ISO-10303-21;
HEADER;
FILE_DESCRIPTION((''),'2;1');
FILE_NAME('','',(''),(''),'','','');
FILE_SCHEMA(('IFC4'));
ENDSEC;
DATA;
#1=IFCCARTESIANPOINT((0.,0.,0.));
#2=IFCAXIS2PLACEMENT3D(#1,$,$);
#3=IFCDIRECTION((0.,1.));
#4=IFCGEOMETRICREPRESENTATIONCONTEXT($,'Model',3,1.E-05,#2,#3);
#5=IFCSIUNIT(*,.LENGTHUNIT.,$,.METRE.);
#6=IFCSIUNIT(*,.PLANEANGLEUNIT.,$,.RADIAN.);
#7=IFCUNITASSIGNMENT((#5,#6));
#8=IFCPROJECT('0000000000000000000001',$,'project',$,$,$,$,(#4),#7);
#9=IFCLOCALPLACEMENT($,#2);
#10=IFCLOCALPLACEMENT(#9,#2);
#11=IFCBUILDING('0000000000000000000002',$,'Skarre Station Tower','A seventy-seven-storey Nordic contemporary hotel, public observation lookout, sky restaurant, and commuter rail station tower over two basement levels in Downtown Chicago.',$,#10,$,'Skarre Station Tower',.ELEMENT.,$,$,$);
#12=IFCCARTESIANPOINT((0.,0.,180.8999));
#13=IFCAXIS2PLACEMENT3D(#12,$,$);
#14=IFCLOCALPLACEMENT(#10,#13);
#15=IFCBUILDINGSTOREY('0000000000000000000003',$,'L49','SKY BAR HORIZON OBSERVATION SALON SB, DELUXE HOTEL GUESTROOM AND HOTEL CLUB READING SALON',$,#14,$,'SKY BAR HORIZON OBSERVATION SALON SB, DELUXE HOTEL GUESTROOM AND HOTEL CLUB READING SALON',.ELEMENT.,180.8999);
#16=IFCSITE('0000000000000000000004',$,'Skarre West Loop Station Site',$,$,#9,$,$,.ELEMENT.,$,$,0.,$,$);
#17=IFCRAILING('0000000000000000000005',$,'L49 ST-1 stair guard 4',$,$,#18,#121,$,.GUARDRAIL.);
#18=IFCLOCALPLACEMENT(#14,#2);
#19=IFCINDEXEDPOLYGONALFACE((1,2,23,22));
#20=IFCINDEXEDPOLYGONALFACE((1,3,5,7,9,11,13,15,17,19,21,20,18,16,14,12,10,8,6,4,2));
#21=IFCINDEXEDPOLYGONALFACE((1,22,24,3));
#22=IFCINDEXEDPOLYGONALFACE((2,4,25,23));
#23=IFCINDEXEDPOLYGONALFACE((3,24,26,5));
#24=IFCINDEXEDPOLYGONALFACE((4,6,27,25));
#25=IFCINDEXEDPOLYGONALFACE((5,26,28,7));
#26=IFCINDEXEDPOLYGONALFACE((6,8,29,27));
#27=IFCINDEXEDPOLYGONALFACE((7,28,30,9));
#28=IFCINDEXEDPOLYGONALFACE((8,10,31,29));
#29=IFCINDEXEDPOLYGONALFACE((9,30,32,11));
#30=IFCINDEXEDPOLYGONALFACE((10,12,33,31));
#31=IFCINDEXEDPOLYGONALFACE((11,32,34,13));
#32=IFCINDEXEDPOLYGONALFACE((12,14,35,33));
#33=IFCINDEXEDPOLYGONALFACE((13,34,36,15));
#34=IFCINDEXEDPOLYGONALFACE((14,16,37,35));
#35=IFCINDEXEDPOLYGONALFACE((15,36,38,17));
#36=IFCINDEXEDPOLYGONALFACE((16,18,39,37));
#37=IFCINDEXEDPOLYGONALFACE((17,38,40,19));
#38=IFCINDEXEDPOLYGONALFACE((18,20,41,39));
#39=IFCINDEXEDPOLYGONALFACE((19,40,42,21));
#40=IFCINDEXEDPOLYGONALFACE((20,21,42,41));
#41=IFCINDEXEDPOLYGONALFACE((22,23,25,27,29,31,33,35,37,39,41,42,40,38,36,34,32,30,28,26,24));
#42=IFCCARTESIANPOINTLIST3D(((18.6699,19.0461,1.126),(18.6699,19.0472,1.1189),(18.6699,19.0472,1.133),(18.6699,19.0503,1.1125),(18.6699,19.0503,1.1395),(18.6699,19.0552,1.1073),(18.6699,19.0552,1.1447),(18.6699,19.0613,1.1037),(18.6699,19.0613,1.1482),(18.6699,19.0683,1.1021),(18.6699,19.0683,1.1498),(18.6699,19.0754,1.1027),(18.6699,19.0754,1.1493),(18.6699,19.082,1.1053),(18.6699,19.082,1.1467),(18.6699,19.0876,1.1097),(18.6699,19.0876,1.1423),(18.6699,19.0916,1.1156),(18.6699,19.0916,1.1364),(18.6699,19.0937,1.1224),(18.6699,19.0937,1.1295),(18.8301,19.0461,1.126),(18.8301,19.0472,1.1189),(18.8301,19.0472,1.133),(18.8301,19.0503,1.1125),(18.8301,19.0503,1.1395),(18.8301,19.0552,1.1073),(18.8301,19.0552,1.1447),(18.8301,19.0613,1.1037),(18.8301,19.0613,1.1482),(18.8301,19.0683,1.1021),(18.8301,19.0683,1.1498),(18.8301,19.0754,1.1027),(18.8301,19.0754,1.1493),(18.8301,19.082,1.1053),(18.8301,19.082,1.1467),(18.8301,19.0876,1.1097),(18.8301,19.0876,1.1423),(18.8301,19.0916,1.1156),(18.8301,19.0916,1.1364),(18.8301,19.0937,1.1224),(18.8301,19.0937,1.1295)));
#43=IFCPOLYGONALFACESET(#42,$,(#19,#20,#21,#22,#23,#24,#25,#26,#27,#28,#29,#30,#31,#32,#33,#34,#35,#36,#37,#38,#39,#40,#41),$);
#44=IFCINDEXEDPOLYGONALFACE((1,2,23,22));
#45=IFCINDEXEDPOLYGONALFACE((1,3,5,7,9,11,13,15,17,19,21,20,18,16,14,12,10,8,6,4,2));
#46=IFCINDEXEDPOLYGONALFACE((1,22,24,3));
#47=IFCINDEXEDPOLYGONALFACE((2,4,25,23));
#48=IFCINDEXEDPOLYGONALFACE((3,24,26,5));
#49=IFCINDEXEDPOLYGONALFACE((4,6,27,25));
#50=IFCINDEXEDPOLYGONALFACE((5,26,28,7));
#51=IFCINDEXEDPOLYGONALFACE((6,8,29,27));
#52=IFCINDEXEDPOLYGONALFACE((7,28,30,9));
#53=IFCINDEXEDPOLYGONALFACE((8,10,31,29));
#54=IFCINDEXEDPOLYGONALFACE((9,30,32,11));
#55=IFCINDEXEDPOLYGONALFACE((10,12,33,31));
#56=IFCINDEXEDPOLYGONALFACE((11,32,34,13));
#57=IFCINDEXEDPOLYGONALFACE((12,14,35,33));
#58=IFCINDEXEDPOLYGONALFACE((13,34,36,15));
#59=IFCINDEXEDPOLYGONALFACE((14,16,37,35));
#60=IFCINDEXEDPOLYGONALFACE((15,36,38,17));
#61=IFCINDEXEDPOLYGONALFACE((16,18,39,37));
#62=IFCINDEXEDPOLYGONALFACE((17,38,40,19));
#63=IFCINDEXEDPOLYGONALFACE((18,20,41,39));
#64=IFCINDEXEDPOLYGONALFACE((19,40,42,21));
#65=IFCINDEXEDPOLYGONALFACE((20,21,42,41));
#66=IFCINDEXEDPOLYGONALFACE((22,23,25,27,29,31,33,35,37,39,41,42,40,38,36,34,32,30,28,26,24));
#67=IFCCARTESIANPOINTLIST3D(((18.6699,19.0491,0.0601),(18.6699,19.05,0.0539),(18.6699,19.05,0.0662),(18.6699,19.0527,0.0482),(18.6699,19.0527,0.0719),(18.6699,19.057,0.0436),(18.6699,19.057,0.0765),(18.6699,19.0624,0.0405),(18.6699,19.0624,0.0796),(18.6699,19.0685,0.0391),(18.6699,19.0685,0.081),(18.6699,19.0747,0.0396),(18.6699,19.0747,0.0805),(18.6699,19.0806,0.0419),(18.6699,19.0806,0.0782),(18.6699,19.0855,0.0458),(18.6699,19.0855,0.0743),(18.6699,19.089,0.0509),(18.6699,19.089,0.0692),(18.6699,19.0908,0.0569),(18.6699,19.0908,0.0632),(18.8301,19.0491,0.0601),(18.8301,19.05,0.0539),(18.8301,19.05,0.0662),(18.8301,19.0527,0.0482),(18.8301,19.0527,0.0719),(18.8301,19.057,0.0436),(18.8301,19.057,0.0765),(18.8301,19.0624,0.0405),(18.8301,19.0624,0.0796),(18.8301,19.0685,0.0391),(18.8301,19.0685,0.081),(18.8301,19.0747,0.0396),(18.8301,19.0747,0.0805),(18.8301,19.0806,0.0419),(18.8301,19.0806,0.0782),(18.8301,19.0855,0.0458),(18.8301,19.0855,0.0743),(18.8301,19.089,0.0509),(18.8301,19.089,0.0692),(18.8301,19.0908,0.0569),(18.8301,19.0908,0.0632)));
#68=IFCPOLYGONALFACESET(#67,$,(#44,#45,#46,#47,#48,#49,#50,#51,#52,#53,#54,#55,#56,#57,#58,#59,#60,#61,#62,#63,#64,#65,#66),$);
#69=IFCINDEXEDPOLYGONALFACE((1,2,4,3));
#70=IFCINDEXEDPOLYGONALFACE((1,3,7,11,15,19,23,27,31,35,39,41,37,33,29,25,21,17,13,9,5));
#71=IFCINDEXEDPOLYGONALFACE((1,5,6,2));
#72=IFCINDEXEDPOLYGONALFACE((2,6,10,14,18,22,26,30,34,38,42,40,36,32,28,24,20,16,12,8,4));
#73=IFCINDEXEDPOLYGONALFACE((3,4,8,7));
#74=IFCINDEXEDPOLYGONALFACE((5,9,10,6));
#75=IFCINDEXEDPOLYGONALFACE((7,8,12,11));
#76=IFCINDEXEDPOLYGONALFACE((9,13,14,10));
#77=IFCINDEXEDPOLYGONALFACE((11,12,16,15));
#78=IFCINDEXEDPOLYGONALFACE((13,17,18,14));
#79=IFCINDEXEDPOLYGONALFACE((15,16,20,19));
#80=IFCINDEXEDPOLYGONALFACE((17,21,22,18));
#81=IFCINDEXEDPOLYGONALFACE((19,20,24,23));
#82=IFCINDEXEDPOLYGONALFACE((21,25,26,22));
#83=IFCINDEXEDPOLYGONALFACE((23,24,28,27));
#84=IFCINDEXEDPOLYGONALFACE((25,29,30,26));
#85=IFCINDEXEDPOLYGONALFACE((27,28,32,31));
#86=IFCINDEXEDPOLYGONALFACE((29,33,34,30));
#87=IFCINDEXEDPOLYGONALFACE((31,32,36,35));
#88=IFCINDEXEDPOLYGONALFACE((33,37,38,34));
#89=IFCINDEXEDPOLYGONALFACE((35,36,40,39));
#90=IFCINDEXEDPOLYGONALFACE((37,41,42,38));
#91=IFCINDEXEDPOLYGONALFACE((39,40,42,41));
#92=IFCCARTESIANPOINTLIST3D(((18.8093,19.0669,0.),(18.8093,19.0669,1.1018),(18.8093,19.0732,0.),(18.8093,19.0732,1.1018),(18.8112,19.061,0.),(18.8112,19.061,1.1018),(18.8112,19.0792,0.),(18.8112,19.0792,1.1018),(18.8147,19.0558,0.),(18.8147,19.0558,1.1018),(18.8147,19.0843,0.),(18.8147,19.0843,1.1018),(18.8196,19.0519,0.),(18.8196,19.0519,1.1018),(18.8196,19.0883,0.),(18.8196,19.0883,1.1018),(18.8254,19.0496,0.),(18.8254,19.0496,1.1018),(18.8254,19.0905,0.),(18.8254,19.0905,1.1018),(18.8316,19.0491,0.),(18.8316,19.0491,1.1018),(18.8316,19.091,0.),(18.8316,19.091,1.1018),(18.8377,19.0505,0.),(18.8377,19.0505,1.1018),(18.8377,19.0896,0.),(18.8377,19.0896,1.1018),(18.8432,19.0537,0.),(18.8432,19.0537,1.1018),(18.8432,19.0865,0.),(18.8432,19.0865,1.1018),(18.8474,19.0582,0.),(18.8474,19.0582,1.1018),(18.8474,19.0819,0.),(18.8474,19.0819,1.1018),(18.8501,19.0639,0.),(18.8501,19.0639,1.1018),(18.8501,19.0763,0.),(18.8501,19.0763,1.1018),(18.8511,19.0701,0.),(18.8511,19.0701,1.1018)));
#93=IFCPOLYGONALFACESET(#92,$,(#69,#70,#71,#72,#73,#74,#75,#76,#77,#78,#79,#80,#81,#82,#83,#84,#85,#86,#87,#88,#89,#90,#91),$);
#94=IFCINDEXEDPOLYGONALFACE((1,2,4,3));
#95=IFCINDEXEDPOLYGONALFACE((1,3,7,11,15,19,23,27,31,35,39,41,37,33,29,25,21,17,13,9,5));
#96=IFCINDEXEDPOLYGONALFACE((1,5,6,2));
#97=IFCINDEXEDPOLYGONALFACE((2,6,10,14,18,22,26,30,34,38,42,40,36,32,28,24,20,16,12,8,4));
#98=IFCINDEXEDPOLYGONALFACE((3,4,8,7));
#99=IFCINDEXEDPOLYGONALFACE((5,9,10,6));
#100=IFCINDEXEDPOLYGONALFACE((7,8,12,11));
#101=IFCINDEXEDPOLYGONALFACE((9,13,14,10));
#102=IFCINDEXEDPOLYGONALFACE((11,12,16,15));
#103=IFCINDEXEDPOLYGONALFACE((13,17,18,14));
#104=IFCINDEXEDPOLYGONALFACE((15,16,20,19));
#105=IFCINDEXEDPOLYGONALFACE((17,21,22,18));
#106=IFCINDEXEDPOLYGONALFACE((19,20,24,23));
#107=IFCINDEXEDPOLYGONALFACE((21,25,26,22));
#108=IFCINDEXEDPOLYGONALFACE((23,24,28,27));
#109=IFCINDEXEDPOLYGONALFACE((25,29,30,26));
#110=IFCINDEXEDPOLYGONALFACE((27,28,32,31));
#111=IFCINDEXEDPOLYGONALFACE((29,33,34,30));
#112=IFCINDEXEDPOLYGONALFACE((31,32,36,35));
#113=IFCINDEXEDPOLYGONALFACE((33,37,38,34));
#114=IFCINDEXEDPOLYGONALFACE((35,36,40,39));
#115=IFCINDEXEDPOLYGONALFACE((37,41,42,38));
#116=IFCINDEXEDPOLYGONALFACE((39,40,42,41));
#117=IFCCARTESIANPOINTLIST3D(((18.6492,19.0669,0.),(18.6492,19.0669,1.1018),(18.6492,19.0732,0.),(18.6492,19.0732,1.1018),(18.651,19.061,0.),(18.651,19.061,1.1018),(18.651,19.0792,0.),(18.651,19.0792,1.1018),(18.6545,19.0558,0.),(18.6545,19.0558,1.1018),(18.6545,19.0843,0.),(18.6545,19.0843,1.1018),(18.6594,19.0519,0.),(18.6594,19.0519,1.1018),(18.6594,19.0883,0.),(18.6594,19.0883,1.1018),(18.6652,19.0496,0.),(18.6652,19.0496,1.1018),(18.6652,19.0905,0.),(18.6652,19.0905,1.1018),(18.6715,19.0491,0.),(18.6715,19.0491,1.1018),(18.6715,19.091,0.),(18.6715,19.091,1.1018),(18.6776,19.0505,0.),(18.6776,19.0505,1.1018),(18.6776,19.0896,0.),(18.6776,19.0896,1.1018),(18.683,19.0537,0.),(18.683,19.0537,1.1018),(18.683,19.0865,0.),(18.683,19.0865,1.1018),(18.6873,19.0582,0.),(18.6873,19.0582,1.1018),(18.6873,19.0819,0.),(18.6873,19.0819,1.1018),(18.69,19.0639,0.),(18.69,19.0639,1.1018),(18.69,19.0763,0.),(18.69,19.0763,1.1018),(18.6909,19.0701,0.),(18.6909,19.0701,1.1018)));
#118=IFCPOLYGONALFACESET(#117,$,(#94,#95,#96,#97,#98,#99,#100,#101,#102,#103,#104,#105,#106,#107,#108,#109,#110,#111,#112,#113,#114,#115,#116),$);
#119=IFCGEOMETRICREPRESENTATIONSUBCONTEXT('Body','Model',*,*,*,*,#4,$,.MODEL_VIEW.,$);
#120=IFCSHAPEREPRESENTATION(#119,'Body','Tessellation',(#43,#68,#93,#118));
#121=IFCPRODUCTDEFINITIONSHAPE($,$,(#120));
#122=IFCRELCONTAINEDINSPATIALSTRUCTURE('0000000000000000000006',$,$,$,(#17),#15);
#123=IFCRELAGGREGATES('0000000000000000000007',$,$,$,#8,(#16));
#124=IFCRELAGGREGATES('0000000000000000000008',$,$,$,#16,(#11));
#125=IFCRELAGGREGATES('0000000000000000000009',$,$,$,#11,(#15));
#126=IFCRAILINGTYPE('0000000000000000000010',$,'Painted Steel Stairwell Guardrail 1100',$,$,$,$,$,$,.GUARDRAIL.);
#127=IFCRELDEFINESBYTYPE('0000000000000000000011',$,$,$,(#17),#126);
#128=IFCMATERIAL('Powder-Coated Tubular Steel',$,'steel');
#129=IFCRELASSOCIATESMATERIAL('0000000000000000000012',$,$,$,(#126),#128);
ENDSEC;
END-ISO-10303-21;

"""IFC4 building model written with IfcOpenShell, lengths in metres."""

from ifc_helpers import new_model, si_unit, direction, frame, origin, origin_2d, place, context, subcontext, project, spatial, circle, extrude, material, type_object, element, save


model = new_model("IFC4")

# Units and contexts
model_context = context("Model", 3, precision=1e-05, world=origin(), true_north=direction((0.0, 1.0)))
body_context = subcontext(model_context, "Body", "Model", "MODEL_VIEW")
ifc_project = project(units=[si_unit("LENGTHUNIT", "METRE"), si_unit("PLANEANGLEUNIT", "RADIAN")], contexts=[model_context])

# Site, building, storey
site_placement = place(None, origin())
site = spatial("IfcSite", under=ifc_project, at=site_placement, Name="Skarre West Loop Station Site", CompositionType="ELEMENT", RefElevation=0.0)
building_placement = place(site_placement, origin())
building = spatial("IfcBuilding", under=site, at=building_placement, Name="Skarre Station Tower", Description="A seventy-seven-storey Nordic contemporary hotel, public observation lookout, sky restaurant, and commuter rail station tower over two basement levels in Downtown Chicago.", LongName="Skarre Station Tower", CompositionType="ELEMENT")
storey_placement = place(building_placement, frame((0.0, 0.0, 180.8999)))
storey = spatial("IfcBuildingStorey", under=building, at=storey_placement, Name="L49", Description="SKY BAR HORIZON OBSERVATION SALON SB, DELUXE HOTEL GUESTROOM AND HOTEL CLUB READING SALON", LongName="SKY BAR HORIZON OBSERVATION SALON SB, DELUXE HOTEL GUESTROOM AND HOTEL CLUB READING SALON", CompositionType="ELEMENT", Elevation=180.8999)

# Railing
ifc_material_1 = material(Name="Powder-Coated Tubular Steel", Category="steel")
railing_type_1 = type_object("IfcRailingType", Name="Painted Steel Stairwell Guardrail 1100", PredefinedType="GUARDRAIL", material=ifc_material_1)
railing_1_placement = place(storey_placement, frame((18.8301, 19.0701, 0.0)))
element("IfcRailing", 1, at=railing_1_placement, inside=storey, type_object=railing_type_1, Name="L49 ST-1 stair guard 4", PredefinedType="GUARDRAIL", context=body_context, shape_type="SweptSolid", body=[
    extrude(circle(Radius=0.0239, at=origin_2d()), frame((0.0, 0.0, 1.126), z_axis=(-1.0, 0.0, 0.0), x_axis=(0.0, -1.0, 0.0)), (0.0, 0.0, 1.0), 0.1602),
    extrude(circle(Radius=0.021, at=origin_2d()), frame((0.0, 0.0, 0.0601), z_axis=(-1.0, 0.0, 0.0), x_axis=(0.0, -1.0, 0.0)), (0.0, 0.0, 1.0), 0.1602),
    extrude(circle(Radius=0.021, at=origin_2d()), origin(), (0.0, 0.0, 1.0), 1.1018),
    extrude(circle(Radius=0.021, at=origin_2d()), frame((-0.1602, 0.0, 0.0)), (0.0, 0.0, 1.0), 1.1018),
])

save(model, "model.ifc")
